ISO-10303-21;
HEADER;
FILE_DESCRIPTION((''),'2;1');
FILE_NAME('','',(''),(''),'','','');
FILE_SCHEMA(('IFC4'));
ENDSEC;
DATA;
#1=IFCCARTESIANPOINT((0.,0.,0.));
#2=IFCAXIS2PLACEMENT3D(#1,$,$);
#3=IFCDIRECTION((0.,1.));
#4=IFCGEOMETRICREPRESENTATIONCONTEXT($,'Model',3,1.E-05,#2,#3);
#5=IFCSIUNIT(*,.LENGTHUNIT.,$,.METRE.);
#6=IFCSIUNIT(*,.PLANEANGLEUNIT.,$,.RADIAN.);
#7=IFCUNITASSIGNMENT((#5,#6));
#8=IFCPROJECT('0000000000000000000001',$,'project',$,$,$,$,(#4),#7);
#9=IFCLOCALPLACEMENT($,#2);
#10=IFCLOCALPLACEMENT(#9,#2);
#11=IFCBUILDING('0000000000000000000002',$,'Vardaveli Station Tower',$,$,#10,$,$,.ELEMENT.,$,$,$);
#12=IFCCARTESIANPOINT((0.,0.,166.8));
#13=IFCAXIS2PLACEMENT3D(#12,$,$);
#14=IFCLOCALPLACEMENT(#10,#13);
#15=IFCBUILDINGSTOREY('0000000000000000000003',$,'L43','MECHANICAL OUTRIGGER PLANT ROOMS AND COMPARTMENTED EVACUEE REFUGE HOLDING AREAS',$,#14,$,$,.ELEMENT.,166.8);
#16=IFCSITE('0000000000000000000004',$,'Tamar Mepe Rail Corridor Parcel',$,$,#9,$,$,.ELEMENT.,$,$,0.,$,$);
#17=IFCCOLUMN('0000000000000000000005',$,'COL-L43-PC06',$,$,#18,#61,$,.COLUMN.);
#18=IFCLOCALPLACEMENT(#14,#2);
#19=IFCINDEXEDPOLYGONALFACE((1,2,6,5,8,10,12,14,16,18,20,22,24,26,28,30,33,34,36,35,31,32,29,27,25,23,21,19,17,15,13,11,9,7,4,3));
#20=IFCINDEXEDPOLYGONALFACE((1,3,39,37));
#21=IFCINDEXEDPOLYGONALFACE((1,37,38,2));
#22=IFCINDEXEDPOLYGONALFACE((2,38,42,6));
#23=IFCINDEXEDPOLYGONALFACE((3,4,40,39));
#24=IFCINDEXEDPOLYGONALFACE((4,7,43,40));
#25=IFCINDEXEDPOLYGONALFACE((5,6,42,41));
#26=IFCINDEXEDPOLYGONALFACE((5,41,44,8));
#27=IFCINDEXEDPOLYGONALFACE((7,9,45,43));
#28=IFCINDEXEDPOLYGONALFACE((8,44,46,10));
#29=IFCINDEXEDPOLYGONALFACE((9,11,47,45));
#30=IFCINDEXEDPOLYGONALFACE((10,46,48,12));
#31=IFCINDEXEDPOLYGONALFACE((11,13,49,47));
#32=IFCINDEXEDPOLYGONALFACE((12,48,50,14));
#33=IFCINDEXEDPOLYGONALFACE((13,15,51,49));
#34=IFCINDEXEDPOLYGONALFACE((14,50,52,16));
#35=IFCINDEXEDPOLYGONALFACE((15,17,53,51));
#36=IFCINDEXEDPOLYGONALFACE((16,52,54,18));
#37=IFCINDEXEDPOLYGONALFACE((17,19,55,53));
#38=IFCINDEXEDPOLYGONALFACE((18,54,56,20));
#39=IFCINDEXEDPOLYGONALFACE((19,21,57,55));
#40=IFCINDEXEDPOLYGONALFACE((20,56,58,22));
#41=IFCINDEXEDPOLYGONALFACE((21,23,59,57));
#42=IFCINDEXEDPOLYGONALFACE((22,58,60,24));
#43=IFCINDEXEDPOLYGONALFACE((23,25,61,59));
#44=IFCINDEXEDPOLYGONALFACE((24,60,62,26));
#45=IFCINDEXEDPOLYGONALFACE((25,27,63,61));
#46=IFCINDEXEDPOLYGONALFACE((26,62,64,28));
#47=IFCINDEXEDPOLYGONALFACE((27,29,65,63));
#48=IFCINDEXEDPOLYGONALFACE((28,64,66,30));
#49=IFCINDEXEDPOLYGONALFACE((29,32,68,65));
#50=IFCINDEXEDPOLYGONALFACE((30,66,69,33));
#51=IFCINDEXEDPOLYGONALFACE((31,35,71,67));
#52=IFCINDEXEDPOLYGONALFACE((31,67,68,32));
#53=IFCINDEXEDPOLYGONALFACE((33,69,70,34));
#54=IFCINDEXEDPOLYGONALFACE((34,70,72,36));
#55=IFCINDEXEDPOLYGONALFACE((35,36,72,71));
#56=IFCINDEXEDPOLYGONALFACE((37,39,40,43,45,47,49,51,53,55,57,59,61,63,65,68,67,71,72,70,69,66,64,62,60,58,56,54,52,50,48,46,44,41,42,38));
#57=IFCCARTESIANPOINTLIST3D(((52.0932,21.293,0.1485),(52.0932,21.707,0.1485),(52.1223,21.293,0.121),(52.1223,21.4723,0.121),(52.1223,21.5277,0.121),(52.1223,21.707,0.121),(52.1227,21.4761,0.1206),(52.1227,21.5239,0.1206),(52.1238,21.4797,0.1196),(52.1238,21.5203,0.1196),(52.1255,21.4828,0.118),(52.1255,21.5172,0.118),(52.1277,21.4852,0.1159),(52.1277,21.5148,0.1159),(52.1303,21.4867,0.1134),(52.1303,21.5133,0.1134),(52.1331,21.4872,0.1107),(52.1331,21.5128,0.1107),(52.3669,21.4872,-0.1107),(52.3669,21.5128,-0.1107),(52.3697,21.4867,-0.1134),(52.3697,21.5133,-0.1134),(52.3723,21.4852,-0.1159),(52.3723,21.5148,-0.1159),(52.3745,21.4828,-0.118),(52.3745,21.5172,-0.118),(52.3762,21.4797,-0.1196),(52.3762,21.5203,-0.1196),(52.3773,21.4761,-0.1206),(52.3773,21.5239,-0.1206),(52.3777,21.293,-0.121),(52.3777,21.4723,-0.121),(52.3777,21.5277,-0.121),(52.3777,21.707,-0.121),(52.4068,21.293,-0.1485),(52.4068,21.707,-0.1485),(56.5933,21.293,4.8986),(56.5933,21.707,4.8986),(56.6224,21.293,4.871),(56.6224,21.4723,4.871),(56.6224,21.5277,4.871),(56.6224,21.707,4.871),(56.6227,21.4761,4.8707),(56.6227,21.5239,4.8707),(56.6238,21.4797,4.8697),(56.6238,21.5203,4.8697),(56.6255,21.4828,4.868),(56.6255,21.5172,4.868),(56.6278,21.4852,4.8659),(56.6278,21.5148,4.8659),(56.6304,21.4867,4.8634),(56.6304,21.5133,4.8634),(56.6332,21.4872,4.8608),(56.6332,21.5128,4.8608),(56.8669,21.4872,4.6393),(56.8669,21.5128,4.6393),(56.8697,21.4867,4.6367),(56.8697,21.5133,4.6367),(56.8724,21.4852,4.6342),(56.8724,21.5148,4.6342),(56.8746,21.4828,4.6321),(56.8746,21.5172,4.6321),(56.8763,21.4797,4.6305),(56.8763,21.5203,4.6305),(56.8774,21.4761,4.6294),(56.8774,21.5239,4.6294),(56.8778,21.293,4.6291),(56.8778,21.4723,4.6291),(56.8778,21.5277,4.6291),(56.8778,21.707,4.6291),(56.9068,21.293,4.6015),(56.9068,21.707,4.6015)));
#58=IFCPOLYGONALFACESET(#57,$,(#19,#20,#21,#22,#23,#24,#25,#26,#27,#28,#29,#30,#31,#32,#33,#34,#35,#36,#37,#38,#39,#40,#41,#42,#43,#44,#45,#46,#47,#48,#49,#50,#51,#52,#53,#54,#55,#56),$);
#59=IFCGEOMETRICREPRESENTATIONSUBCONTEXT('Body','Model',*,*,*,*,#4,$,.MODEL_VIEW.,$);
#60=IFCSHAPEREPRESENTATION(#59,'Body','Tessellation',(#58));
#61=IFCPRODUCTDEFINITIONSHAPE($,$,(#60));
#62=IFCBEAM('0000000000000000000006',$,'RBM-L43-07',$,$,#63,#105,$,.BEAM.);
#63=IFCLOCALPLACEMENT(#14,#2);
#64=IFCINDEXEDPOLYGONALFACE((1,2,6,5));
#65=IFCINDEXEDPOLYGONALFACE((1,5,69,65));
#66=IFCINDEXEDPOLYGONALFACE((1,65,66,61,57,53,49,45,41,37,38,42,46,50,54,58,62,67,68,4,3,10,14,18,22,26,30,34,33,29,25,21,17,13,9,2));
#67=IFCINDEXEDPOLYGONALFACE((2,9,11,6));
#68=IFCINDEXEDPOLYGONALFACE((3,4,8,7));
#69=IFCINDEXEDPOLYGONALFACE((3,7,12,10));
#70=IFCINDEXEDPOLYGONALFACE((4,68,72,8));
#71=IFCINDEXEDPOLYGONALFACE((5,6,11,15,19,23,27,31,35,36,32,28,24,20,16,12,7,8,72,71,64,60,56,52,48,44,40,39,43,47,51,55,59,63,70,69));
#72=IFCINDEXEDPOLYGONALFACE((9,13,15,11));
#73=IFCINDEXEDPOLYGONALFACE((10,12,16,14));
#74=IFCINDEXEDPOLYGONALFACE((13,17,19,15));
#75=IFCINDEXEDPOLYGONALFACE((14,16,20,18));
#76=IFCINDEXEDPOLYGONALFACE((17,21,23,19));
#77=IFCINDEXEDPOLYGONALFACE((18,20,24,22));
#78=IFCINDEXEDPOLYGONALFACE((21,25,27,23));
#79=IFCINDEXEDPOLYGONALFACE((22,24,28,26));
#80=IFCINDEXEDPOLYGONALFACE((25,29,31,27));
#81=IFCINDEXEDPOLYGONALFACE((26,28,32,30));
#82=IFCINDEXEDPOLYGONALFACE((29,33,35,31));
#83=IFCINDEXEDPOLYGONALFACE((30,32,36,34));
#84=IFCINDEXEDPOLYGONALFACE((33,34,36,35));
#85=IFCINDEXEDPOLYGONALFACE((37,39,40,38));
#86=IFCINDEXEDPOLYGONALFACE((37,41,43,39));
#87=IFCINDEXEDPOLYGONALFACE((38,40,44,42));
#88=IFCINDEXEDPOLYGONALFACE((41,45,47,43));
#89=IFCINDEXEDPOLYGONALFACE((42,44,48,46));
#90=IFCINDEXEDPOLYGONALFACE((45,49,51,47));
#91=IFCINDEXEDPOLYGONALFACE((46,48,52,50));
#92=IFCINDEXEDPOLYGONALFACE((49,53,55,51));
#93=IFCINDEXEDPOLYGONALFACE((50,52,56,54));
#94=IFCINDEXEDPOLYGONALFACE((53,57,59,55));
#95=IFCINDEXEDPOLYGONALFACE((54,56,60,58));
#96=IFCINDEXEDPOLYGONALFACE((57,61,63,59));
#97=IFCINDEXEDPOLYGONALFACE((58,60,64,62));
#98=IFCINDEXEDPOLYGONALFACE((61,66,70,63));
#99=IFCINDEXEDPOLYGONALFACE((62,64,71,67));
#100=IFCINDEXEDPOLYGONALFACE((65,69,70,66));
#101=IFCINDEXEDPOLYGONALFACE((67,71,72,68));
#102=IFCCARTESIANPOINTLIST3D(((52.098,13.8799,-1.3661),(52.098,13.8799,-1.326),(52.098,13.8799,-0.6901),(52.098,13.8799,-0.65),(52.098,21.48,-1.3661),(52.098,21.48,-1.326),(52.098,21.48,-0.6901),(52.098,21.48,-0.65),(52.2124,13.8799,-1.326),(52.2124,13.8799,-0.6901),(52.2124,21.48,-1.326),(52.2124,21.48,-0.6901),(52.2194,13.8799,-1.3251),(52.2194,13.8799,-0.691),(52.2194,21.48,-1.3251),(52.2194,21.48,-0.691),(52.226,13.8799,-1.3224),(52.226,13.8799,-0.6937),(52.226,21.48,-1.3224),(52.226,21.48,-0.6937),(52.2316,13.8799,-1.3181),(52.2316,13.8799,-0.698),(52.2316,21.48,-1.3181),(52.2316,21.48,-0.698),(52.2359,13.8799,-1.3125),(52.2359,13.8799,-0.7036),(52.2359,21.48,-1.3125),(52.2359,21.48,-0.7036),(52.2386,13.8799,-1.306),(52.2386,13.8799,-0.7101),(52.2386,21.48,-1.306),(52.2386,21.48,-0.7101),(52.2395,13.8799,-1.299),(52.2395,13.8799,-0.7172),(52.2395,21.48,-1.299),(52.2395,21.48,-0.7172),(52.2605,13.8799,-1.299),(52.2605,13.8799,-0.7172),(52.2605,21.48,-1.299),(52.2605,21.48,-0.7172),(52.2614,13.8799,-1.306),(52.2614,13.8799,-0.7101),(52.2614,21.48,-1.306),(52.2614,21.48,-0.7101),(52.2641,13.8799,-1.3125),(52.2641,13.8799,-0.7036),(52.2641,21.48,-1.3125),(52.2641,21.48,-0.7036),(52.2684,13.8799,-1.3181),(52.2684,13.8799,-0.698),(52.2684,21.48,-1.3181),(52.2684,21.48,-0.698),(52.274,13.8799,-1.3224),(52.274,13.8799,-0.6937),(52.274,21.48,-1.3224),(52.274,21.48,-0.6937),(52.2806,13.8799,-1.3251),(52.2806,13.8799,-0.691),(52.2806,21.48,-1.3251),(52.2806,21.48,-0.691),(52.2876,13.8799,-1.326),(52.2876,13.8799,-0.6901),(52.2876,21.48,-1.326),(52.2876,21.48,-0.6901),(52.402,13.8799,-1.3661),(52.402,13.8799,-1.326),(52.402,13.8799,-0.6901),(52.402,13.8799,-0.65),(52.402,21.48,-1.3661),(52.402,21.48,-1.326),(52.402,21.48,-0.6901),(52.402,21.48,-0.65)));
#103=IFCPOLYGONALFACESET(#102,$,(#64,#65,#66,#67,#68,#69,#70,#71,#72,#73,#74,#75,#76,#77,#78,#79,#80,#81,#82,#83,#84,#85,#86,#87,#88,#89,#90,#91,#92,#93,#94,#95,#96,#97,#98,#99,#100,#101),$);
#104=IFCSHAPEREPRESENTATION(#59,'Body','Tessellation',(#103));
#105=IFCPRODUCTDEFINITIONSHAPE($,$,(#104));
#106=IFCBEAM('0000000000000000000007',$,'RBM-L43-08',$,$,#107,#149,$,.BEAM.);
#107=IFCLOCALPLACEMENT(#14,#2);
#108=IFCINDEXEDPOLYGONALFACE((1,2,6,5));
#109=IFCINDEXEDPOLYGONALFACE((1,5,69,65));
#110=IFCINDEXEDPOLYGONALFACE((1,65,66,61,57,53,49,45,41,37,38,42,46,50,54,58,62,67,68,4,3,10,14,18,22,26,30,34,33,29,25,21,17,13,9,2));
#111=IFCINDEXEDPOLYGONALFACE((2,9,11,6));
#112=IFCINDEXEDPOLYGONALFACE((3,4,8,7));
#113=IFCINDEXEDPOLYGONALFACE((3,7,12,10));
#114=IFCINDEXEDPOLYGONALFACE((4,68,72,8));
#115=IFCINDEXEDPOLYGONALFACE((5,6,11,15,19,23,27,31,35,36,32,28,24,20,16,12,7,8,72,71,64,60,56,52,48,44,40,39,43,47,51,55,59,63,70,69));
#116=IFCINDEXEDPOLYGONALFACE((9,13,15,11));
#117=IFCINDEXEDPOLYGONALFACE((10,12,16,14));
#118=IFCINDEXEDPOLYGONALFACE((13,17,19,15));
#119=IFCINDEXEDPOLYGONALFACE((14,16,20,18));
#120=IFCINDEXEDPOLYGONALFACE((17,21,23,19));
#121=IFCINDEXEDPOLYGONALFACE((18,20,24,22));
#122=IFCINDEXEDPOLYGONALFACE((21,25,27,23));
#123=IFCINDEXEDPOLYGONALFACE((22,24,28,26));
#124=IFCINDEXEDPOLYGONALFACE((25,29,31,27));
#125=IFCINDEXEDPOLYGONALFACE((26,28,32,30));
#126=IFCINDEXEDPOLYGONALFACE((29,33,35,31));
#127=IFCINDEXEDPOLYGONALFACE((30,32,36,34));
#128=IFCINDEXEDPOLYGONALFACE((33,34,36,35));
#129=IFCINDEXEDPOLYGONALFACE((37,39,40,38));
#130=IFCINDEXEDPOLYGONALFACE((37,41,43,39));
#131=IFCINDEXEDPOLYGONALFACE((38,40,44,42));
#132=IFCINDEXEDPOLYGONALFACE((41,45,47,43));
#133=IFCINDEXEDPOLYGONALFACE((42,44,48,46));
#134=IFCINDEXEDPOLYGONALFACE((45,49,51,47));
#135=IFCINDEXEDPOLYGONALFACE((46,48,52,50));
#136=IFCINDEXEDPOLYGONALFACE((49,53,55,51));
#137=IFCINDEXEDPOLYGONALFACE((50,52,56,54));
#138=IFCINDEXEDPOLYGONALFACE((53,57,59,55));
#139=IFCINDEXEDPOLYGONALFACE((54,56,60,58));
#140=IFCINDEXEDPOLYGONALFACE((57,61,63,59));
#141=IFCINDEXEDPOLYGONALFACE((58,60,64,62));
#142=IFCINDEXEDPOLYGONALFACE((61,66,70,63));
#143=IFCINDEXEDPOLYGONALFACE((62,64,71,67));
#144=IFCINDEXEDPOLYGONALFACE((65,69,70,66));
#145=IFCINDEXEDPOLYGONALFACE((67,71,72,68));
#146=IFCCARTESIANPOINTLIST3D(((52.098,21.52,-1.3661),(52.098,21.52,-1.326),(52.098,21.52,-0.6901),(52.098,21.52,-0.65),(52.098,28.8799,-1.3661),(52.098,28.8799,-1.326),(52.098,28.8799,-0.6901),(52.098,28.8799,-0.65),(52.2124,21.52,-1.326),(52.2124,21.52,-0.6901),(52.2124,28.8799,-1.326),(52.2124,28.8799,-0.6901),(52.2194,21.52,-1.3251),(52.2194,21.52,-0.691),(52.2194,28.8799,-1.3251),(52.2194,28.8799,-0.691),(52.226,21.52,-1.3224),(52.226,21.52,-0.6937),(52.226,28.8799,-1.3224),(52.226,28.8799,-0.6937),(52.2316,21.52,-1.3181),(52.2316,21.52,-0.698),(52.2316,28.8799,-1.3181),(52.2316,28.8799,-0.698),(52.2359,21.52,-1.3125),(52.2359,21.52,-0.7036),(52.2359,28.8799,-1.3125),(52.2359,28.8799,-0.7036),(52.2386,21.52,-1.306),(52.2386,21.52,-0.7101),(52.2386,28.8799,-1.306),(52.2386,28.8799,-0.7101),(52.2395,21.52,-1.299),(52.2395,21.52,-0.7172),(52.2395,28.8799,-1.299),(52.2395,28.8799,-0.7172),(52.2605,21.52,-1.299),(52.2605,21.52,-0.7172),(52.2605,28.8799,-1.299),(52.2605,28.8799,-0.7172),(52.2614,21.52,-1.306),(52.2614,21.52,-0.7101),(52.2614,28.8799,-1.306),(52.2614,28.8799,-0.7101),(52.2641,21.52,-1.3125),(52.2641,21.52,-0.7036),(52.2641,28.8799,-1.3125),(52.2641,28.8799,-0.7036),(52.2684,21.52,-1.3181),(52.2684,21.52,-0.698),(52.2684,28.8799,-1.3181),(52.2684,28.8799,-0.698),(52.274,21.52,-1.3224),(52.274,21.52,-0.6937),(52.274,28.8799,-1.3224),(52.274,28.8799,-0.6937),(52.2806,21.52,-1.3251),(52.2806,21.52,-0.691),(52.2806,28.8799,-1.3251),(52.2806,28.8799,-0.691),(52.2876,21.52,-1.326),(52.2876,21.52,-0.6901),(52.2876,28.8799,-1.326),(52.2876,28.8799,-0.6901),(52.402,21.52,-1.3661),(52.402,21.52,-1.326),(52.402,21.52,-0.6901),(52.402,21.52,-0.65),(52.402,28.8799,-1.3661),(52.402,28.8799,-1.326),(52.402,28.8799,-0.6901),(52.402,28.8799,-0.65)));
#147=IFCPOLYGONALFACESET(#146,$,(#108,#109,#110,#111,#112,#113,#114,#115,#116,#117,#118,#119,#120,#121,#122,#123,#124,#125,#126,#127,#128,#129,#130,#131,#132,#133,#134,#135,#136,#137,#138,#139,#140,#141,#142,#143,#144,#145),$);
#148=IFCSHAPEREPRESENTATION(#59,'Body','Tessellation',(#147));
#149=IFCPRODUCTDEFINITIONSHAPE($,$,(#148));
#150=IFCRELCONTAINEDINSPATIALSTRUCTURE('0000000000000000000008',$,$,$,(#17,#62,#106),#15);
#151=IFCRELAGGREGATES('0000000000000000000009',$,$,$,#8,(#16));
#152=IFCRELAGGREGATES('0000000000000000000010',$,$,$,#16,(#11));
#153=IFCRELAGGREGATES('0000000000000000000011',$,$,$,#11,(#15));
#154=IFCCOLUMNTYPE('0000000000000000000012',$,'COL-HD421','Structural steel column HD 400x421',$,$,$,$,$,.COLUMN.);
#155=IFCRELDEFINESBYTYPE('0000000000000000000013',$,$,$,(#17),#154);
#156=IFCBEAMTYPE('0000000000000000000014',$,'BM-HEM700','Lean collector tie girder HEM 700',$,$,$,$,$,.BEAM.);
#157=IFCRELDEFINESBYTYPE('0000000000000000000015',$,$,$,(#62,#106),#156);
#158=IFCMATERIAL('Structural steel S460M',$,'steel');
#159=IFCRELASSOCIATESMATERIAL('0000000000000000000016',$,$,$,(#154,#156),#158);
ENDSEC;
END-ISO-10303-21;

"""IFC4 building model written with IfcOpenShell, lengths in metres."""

from ifc_helpers import new_model, si_unit, direction, frame, origin, origin_2d, place, context, subcontext, project, spatial, i_section, extrude, source, transform, mapped, material, material_profile, profile_set, type_object, element, save


model = new_model("IFC4")

# Units and contexts
model_context = context("Model", 3, precision=1e-05, world=origin(), true_north=direction((0.0, 1.0)))
body_context = subcontext(model_context, "Body", "Model", "MODEL_VIEW")
ifc_project = project(units=[si_unit("LENGTHUNIT", "METRE"), si_unit("PLANEANGLEUNIT", "RADIAN")], contexts=[model_context])

# Site, building, storey
site_placement = place(None, origin())
site = spatial("IfcSite", under=ifc_project, at=site_placement, Name="Tamar Mepe Rail Corridor Parcel", CompositionType="ELEMENT", RefElevation=0.0)
building_placement = place(site_placement, origin())
building = spatial("IfcBuilding", under=site, at=building_placement, Name="Vardaveli Station Tower", CompositionType="ELEMENT")
storey_placement = place(building_placement, frame((0.0, 0.0, 166.8)))
storey = spatial("IfcBuildingStorey", under=building, at=storey_placement, Name="L43", Description="MECHANICAL OUTRIGGER PLANT ROOMS AND COMPARTMENTED EVACUEE REFUGE HOLDING AREAS", CompositionType="ELEMENT", Elevation=166.8)

# Column
ifc_material_1 = material(Name="Structural steel S460M", Category="steel")
ifc_material_profile_1 = material_profile(ifc_material_1, i_section(OverallWidth=0.4141, OverallDepth=0.4319, WebThickness=0.0256, FlangeThickness=0.04, FilletRadius=0.0149, at=origin_2d()), Name="HD 400x421")
ifc_profile_set_1 = profile_set([ifc_material_profile_1], Name="Structural steel S460M")
column_type = type_object("IfcColumnType", Name="COL-HD421", Description="Structural steel column HD 400x421", PredefinedType="COLUMN", material=ifc_profile_set_1)
shared_shape_1 = source(origin(), body_context, "Body", "SweptSolid", [
    extrude(i_section(OverallWidth=0.4141, OverallDepth=0.4319, WebThickness=0.0256, FlangeThickness=0.04, FilletRadius=0.0149, at=origin_2d()), origin(), (0.0, 0.0, 1.0), 6.5432),
])
column_placement = place(storey_placement, frame((52.25, 21.5, 0.0), z_axis=(0.687745, 0.0, 0.725953), x_axis=(0.0, 1.0, 0.0)))
element("IfcColumn", 1, at=column_placement, inside=storey, type_object=column_type, Name="COL-L43-PC06", PredefinedType="COLUMN", context=body_context, shape_type="MappedRepresentation", body=[
    mapped(shared_shape_1, transform((0.0, 0.0, 0.0), scale=1.0)),
])

# Beams
ifc_material_profile_2 = material_profile(ifc_material_1, i_section(OverallWidth=0.304, OverallDepth=0.7161, WebThickness=0.021, FlangeThickness=0.04, FilletRadius=0.0271, at=origin_2d()), Name="HEM 700")
ifc_profile_set_2 = profile_set([ifc_material_profile_2], Name="Structural steel S460M")
beam_type_1 = type_object("IfcBeamType", Name="BM-HEM700", Description="Lean collector tie girder HEM 700", PredefinedType="BEAM", material=ifc_profile_set_2)
shared_shape_2 = source(origin(), body_context, "Body", "SweptSolid", [
    extrude(i_section(OverallWidth=0.304, OverallDepth=0.7161, WebThickness=0.021, FlangeThickness=0.04, FilletRadius=0.0271, at=origin_2d()), origin(), (0.0, 0.0, 1.0), 7.6001),
])
beam_1_placement = place(storey_placement, frame((52.25, 13.8799, -1.0081), z_axis=(0.0, 1.0, 0.0), x_axis=(-1.0, 0.0, 0.0)))
element("IfcBeam", 2, at=beam_1_placement, inside=storey, type_object=beam_type_1, Name="RBM-L43-07", PredefinedType="BEAM", context=body_context, shape_type="MappedRepresentation", body=[
    mapped(shared_shape_2, transform((0.0, 0.0, 0.0), scale=1.0)),
])
shared_shape_3 = source(origin(), body_context, "Body", "SweptSolid", [
    extrude(i_section(OverallWidth=0.304, OverallDepth=0.7161, WebThickness=0.021, FlangeThickness=0.04, FilletRadius=0.0271, at=origin_2d()), origin(), (0.0, 0.0, 1.0), 7.3599),
])
beam_2_placement = place(storey_placement, frame((52.25, 21.52, -1.0081), z_axis=(0.0, 1.0, 0.0), x_axis=(-1.0, 0.0, 0.0)))
element("IfcBeam", 3, at=beam_2_placement, inside=storey, type_object=beam_type_1, Name="RBM-L43-08", PredefinedType="BEAM", context=body_context, shape_type="MappedRepresentation", body=[
    mapped(shared_shape_3, transform((0.0, 0.0, 0.0), scale=1.0)),
])

save(model, "model.ifc")
